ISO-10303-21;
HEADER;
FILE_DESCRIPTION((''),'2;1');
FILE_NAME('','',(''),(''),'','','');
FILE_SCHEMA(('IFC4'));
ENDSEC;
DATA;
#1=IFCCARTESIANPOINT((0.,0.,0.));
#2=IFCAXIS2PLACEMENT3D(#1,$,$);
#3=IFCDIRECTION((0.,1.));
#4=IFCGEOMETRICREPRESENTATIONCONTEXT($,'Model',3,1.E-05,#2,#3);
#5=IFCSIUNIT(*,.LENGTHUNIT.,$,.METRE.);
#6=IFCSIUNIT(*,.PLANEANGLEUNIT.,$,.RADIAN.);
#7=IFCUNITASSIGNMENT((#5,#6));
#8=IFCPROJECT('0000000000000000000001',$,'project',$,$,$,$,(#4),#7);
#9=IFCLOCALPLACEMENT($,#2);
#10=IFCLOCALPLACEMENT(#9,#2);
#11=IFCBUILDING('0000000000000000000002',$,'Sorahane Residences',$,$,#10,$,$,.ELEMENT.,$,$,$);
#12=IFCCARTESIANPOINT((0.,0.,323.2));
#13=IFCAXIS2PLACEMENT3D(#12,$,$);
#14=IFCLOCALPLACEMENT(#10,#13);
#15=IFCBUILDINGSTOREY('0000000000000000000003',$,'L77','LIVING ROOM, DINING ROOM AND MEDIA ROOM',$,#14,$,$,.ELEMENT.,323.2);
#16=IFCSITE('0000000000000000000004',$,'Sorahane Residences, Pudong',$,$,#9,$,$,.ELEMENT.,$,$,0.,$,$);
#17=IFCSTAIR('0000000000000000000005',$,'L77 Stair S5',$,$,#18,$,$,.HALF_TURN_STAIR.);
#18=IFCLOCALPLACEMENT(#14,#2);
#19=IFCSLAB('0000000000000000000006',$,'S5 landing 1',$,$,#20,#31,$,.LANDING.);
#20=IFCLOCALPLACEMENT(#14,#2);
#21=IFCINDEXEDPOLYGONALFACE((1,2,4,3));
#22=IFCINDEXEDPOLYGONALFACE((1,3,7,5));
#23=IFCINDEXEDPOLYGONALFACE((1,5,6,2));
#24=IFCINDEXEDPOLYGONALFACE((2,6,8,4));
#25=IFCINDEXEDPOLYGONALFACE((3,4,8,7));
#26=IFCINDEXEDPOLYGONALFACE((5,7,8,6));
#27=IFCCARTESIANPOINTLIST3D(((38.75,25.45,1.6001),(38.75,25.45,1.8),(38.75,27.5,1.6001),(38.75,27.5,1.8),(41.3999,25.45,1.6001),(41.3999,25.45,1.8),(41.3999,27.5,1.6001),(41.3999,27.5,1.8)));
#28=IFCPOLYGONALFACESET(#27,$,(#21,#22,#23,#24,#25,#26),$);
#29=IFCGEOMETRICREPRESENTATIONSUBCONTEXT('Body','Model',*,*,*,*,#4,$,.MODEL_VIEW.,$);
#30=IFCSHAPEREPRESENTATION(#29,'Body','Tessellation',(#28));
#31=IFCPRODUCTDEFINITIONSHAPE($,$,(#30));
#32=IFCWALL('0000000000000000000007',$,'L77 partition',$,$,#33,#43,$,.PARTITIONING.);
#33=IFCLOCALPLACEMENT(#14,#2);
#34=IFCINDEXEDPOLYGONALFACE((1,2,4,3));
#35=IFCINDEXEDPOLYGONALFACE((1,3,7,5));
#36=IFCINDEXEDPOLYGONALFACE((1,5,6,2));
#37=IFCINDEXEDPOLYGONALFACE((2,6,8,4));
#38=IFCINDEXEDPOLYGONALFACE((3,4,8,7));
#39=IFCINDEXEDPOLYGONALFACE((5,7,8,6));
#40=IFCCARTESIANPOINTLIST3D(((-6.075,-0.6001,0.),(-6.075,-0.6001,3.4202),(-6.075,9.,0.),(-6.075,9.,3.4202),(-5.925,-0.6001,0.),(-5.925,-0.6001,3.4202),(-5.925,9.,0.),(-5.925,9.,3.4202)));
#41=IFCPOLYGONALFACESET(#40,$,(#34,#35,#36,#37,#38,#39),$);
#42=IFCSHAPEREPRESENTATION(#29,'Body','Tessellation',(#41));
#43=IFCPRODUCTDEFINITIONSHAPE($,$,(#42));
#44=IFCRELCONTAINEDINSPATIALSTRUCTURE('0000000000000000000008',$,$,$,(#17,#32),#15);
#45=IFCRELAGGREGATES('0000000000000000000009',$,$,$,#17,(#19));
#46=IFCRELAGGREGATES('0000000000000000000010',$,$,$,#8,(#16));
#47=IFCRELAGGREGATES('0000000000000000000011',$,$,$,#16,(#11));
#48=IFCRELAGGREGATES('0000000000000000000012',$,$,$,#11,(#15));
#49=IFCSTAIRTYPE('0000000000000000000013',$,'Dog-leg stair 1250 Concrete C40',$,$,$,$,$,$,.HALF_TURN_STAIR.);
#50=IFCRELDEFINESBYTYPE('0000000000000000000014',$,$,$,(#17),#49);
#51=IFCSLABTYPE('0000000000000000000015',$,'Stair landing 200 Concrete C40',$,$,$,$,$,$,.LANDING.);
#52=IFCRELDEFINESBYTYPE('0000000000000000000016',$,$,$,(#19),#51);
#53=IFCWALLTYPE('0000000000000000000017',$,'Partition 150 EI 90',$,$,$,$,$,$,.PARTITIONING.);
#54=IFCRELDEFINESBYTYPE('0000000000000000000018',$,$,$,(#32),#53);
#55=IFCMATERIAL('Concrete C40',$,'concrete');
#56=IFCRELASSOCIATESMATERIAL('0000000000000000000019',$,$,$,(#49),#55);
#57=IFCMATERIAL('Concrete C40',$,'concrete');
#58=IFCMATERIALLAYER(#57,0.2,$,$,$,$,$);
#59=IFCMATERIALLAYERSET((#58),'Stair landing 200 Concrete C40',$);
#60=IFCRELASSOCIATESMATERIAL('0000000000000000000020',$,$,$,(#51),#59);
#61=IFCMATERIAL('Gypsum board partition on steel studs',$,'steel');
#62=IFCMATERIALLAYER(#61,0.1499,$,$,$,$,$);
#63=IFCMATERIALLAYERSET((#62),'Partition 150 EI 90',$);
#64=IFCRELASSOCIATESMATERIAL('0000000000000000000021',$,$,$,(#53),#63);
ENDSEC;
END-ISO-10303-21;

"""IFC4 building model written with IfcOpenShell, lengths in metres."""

from ifc_helpers import new_model, si_unit, direction, frame, frame_2d, origin, place, context, subcontext, project, spatial, polyline, rectangle, outline, extrude, material, layer, layer_set, type_object, element, aggregate, save


model = new_model("IFC4")

# Units and contexts
model_context = context("Model", 3, precision=1e-05, world=origin(), true_north=direction((0.0, 1.0)))
body_context = subcontext(model_context, "Body", "Model", "MODEL_VIEW")
ifc_project = project(units=[si_unit("LENGTHUNIT", "METRE"), si_unit("PLANEANGLEUNIT", "RADIAN")], contexts=[model_context])

# Site, building, storey
site_placement = place(None, origin())
site = spatial("IfcSite", under=ifc_project, at=site_placement, Name="Sorahane Residences, Pudong", CompositionType="ELEMENT", RefElevation=0.0)
building_placement = place(site_placement, origin())
building = spatial("IfcBuilding", under=site, at=building_placement, Name="Sorahane Residences", CompositionType="ELEMENT")
storey_placement = place(building_placement, frame((0.0, 0.0, 323.2)))
storey = spatial("IfcBuildingStorey", under=building, at=storey_placement, Name="L77", Description="LIVING ROOM, DINING ROOM AND MEDIA ROOM", CompositionType="ELEMENT", Elevation=323.2)

# Stair, slab
ifc_material_1 = material(Name="Concrete C40", Category="concrete")
stair_type = type_object("IfcStairType", Name="Dog-leg stair 1250 Concrete C40", PredefinedType="HALF_TURN_STAIR", material=ifc_material_1)
ifc_material_2 = material(Name="Concrete C40", Category="concrete")
ifc_layer_1 = layer(ifc_material_2, 0.2)
ifc_layer_set_1 = layer_set([ifc_layer_1], Name="Stair landing 200 Concrete C40")
slab_type_1 = type_object("IfcSlabType", Name="Stair landing 200 Concrete C40", PredefinedType="LANDING", material=ifc_layer_set_1)
stair_1_placement = place(storey_placement, origin())
stair_1 = element("IfcStair", 1, at=stair_1_placement, inside=storey, type_object=stair_type, Name="L77 Stair S5", PredefinedType="HALF_TURN_STAIR")
slab_1_placement = place(storey_placement, frame((0.0, 0.0, 1.6001)))
slab_1 = element("IfcSlab", 2, at=slab_1_placement, type_object=slab_type_1, Name="S5 landing 1", PredefinedType="LANDING", context=body_context, shape_type="SweptSolid", body=[
    extrude(outline(polyline([(41.3999, 25.45), (41.3999, 27.5), (38.75, 27.5), (38.75, 25.45), (41.3999, 25.45)])), origin(), (0.0, 0.0, 1.0), 0.2),
])
aggregate(stair_1, [slab_1])

# Wall
ifc_material_3 = material(Name="Gypsum board partition on steel studs", Category="steel")
ifc_layer_2 = layer(ifc_material_3, 0.1499)
ifc_layer_set_2 = layer_set([ifc_layer_2], Name="Partition 150 EI 90")
wall_type = type_object("IfcWallType", Name="Partition 150 EI 90", PredefinedType="PARTITIONING", material=ifc_layer_set_2)
wall_placement = place(storey_placement, frame((-6.0, -0.6001, 0.0), z_axis=(0.0, 0.0, 1.0), x_axis=(0.0, 1.0, 0.0)))
element("IfcWall", 3, at=wall_placement, inside=storey, type_object=wall_type, Name="L77 partition", PredefinedType="PARTITIONING", context=body_context, shape_type="SweptSolid", body=[
    extrude(rectangle(XDim=9.6001, YDim=0.1499, at=frame_2d((4.8, 0.0))), origin(), (0.0, 0.0, 1.0), 3.4202),
])

save(model, "model.ifc")
